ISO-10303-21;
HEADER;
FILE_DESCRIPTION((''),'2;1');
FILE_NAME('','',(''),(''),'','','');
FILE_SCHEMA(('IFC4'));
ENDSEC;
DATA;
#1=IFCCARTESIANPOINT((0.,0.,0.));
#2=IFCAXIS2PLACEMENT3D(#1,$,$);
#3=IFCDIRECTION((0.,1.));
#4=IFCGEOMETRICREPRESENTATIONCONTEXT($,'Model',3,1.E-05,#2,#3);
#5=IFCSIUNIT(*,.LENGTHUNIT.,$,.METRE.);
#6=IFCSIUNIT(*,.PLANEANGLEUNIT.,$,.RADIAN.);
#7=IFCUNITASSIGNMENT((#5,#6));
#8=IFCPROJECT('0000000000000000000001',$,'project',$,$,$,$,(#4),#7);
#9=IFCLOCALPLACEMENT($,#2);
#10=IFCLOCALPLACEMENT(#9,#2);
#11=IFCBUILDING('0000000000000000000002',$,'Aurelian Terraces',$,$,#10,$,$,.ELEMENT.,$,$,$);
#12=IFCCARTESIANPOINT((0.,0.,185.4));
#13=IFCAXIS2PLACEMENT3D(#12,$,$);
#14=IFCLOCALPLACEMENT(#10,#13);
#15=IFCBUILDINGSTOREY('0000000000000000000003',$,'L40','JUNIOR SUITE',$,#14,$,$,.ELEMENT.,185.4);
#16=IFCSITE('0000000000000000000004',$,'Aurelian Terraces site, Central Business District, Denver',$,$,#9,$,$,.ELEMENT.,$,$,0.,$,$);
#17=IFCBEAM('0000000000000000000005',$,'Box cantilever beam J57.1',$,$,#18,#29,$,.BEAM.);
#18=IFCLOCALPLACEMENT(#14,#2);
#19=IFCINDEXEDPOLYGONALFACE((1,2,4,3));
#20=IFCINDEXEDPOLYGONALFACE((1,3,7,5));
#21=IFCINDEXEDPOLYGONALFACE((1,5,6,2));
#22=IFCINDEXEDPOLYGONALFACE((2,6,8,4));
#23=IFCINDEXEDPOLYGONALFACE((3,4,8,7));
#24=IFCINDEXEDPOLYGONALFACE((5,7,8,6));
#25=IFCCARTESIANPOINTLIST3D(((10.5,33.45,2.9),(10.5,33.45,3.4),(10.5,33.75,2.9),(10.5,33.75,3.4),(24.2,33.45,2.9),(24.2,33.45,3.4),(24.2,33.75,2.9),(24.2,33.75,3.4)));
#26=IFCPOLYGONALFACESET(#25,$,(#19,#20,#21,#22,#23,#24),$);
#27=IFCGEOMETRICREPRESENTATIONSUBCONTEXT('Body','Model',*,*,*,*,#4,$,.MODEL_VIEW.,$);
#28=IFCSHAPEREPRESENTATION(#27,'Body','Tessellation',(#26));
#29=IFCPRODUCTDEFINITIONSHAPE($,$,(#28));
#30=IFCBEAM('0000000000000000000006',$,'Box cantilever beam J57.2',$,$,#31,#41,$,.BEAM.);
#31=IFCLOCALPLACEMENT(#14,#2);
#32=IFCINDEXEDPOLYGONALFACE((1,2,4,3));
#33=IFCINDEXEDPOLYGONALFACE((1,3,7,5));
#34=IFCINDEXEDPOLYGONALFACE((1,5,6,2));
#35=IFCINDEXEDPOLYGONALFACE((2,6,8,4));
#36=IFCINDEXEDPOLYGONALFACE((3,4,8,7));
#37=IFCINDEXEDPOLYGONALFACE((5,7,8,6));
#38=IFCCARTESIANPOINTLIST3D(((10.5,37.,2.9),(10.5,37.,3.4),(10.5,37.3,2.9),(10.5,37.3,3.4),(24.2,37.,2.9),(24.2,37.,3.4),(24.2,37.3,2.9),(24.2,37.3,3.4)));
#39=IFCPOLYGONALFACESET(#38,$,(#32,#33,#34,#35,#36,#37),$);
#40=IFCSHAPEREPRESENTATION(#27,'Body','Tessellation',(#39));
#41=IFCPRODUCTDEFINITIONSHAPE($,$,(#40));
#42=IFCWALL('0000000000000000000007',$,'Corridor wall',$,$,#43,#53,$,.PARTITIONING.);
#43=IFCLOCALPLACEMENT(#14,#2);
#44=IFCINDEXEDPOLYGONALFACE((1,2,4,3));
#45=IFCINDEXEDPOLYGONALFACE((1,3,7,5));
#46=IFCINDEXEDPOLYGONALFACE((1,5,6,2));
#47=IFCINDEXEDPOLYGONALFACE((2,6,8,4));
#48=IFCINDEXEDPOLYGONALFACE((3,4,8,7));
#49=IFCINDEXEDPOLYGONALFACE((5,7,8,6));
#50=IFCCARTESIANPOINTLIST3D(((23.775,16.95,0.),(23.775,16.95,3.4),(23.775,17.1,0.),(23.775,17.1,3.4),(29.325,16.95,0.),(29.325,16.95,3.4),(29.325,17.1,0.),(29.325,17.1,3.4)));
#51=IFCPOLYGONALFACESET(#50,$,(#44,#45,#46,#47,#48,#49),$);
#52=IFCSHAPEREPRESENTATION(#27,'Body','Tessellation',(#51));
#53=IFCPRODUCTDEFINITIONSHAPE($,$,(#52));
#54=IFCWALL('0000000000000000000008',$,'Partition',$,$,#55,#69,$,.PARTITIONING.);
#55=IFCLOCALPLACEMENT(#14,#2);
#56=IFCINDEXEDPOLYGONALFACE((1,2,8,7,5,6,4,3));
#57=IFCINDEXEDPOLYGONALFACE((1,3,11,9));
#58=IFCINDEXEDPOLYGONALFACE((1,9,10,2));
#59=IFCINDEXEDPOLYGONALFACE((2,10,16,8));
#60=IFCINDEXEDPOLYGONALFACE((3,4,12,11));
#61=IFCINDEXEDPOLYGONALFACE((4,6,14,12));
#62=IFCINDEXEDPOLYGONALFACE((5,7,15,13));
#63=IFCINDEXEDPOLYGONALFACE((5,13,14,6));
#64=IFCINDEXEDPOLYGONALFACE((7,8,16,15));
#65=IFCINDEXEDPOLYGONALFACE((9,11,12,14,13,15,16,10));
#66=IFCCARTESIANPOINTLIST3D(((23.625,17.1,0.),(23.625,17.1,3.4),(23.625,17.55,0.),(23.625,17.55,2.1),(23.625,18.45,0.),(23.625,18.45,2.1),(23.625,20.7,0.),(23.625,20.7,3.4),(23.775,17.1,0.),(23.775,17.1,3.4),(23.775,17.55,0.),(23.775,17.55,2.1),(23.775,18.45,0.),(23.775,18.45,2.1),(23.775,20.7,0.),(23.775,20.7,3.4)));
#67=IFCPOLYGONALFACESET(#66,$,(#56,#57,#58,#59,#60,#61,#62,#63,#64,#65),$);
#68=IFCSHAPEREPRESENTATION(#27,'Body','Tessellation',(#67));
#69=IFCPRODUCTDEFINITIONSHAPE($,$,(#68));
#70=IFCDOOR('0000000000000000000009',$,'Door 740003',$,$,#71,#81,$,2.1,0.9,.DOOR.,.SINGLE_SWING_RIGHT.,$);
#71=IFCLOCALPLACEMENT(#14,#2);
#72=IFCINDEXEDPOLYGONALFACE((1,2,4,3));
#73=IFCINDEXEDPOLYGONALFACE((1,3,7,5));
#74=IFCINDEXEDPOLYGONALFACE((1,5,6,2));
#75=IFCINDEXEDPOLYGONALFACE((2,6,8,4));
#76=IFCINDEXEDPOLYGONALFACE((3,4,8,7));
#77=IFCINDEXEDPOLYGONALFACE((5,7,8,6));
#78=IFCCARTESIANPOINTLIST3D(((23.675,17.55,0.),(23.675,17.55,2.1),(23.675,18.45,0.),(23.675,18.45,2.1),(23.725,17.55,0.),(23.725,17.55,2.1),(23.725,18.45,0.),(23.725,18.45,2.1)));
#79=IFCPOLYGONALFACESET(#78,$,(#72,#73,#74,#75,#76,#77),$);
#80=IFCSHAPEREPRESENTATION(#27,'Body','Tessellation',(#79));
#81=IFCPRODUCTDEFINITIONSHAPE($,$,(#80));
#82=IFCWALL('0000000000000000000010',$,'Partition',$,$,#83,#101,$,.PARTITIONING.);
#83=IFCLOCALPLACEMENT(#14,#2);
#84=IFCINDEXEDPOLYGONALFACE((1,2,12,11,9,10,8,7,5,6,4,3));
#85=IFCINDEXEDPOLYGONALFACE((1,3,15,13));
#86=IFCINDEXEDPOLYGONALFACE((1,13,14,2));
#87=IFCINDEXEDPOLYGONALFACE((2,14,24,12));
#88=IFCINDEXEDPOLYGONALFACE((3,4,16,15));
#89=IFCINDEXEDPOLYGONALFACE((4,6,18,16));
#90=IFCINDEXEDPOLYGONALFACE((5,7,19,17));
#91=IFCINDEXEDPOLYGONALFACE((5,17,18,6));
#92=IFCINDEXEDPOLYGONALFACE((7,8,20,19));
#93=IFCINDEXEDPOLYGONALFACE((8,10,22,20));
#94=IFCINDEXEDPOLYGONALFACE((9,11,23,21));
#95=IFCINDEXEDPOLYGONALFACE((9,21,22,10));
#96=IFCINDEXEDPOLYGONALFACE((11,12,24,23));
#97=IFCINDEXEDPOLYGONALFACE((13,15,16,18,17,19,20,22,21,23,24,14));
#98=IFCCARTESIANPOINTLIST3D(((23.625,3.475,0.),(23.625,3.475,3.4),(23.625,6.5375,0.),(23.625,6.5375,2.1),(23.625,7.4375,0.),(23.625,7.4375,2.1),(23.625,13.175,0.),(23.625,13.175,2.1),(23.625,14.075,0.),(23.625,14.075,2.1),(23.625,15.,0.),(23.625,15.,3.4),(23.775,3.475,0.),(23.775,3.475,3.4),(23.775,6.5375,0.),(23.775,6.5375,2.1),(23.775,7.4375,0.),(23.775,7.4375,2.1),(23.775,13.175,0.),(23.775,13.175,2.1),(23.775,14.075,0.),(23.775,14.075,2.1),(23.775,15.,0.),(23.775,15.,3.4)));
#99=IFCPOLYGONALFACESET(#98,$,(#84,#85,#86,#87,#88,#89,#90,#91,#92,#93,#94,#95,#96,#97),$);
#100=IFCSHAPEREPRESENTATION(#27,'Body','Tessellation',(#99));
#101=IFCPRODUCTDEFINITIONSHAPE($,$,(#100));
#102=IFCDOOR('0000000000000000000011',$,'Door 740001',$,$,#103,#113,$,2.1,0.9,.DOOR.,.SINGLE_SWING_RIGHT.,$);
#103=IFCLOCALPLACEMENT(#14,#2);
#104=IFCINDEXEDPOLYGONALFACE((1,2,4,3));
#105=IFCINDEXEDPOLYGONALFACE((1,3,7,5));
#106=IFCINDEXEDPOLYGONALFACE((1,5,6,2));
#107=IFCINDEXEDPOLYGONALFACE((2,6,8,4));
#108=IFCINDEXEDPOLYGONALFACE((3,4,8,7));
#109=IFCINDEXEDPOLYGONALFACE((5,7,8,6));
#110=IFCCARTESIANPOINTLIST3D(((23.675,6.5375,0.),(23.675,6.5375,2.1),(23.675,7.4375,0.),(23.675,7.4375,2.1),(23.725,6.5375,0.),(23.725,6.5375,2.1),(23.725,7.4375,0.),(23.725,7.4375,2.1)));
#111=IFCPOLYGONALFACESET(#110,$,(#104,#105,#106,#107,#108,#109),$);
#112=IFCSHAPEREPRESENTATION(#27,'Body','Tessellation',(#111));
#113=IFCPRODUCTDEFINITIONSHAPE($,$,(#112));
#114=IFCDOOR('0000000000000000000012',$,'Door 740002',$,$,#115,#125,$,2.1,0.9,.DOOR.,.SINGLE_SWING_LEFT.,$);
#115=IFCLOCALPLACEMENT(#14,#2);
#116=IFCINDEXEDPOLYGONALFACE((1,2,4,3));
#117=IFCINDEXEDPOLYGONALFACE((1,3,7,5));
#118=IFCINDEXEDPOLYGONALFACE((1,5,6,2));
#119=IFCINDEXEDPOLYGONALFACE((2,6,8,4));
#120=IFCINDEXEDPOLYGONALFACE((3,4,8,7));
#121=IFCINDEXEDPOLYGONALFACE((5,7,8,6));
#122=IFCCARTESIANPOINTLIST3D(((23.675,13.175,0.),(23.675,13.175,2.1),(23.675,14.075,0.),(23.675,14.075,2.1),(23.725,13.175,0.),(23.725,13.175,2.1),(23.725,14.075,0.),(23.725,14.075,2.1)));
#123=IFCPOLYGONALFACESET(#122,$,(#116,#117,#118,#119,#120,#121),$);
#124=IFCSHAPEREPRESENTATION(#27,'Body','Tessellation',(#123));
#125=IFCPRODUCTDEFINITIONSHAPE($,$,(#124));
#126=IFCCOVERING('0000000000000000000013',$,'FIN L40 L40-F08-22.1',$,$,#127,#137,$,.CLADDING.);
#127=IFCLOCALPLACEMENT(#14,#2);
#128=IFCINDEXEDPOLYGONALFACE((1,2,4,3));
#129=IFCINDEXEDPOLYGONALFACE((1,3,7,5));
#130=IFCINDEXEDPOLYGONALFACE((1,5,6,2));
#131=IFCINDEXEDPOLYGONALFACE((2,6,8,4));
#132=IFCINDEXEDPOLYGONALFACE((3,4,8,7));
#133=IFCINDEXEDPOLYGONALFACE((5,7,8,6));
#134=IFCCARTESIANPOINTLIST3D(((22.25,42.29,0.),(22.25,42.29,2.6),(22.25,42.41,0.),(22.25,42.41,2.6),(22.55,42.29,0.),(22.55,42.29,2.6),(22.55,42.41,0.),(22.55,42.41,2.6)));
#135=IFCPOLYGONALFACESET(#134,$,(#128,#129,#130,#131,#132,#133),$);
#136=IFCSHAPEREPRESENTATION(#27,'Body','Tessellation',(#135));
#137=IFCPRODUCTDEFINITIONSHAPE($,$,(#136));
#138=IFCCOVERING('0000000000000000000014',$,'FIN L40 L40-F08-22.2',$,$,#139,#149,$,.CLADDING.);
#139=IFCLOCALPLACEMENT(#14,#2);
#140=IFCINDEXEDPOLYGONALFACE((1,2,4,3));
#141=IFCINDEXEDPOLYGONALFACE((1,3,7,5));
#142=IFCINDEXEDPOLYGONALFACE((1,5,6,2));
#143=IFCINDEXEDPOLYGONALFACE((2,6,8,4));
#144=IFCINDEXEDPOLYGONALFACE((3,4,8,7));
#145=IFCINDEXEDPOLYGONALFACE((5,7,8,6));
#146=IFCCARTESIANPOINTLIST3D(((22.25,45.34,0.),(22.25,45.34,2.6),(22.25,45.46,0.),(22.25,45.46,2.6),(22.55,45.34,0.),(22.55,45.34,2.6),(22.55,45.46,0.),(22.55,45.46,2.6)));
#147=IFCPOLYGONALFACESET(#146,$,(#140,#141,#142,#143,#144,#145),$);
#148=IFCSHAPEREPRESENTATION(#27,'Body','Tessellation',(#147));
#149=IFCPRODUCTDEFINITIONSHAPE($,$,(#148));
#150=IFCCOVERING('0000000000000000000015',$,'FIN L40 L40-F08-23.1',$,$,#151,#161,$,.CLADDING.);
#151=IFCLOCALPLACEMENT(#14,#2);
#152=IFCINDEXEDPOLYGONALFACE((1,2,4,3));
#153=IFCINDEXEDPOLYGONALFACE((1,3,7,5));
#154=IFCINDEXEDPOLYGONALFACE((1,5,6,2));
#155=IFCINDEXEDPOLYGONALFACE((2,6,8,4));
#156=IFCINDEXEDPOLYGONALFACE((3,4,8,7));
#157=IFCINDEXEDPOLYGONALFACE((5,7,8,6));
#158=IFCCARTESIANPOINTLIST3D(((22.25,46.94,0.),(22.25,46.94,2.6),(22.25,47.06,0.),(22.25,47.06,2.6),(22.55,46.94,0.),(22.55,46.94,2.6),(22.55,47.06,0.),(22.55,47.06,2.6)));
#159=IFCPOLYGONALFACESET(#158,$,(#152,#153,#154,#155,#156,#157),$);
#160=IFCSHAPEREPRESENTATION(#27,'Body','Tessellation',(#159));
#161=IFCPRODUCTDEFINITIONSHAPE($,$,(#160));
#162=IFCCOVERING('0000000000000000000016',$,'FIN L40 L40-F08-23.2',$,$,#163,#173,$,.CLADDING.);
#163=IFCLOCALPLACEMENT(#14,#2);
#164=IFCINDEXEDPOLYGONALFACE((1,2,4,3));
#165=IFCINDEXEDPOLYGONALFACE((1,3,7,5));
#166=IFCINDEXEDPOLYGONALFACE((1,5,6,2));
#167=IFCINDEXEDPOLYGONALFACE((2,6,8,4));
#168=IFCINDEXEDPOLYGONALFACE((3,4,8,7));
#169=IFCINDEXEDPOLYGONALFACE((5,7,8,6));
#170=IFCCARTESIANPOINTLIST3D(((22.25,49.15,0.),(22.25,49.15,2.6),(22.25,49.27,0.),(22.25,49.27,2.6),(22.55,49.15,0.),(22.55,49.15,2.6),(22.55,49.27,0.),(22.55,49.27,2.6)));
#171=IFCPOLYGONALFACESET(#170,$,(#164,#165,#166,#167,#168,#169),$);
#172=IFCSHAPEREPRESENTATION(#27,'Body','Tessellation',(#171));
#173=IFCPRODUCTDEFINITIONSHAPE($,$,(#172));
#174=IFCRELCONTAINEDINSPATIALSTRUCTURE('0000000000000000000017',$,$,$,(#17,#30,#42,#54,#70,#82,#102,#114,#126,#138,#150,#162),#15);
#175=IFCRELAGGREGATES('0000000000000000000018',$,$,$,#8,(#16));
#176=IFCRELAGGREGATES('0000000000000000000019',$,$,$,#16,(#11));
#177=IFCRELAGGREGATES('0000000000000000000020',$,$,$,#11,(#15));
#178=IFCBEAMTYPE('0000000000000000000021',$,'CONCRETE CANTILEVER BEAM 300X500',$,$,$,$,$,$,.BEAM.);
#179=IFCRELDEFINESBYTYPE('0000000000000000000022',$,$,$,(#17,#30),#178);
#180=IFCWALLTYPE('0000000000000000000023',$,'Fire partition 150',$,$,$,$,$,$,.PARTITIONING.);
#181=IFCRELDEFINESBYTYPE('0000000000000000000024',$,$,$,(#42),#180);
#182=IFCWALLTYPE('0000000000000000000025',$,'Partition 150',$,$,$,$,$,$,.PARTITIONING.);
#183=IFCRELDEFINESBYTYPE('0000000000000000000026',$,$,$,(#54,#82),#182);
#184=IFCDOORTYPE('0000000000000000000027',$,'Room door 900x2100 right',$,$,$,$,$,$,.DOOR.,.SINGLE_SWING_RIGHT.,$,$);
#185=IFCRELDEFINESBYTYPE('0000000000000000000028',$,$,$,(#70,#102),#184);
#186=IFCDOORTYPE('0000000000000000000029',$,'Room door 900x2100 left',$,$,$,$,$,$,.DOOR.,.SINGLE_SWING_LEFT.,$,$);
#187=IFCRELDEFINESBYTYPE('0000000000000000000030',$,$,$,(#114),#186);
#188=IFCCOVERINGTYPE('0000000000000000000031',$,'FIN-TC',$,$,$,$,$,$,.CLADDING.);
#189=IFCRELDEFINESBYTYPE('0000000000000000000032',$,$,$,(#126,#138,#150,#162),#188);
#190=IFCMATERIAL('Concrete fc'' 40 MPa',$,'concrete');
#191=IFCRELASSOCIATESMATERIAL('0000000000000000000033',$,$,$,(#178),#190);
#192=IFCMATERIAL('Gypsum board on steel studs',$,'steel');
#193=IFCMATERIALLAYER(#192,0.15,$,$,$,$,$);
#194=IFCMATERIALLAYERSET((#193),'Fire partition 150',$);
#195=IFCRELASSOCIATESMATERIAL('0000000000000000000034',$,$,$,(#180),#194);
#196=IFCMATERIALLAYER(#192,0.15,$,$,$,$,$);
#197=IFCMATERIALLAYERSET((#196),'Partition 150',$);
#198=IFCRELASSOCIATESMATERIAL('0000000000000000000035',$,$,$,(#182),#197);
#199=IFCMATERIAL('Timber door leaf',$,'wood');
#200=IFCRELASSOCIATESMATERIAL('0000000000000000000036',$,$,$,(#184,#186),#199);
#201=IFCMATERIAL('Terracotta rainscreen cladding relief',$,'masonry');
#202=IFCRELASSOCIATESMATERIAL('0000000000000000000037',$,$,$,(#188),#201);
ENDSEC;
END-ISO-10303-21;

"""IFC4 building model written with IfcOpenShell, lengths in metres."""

from ifc_helpers import new_model, si_unit, direction, frame, frame_2d, origin, origin_2d, place, context, subcontext, project, spatial, rectangle, extrude, source, transform, mapped, material, layer, layer_set, material_profile, profile_set, type_object, element, fill, save


model = new_model("IFC4")

# Units and contexts
model_context = context("Model", 3, precision=1e-05, world=origin(), true_north=direction((0.0, 1.0)))
body_context = subcontext(model_context, "Body", "Model", "MODEL_VIEW")
ifc_project = project(units=[si_unit("LENGTHUNIT", "METRE"), si_unit("PLANEANGLEUNIT", "RADIAN")], contexts=[model_context])

# Site, building, storey
site_placement = place(None, origin())
site = spatial("IfcSite", under=ifc_project, at=site_placement, Name="Aurelian Terraces site, Central Business District, Denver", CompositionType="ELEMENT", RefElevation=0.0)
building_placement = place(site_placement, origin())
building = spatial("IfcBuilding", under=site, at=building_placement, Name="Aurelian Terraces", CompositionType="ELEMENT")
storey_placement = place(building_placement, frame((0.0, 0.0, 185.4)))
storey = spatial("IfcBuildingStorey", under=building, at=storey_placement, Name="L40", Description="JUNIOR SUITE", CompositionType="ELEMENT", Elevation=185.4)

# Beams
ifc_material_1 = material(Name="Concrete fc' 40 MPa", Category="concrete")
ifc_material_profile = material_profile(ifc_material_1, rectangle(XDim=0.3, YDim=0.5, at=origin_2d()))
ifc_profile_set = profile_set([ifc_material_profile], Name="Concrete fc' 40 MPa")
beam_type = type_object("IfcBeamType", Name="CONCRETE CANTILEVER BEAM 300X500", PredefinedType="BEAM", material=ifc_profile_set)
shared_shape_1 = source(origin(), body_context, "Body", "SweptSolid", [
    extrude(rectangle(XDim=0.3, YDim=0.5, at=origin_2d()), origin(), (0.0, 0.0, 1.0), 13.7),
])
for number, where, z_axis, x_axis, name in (
    (1, (24.2, 33.6, 3.15), (-1.0, 0.0, 0.0), (0.0, -1.0, 0.0), "Box cantilever beam J57.1"),
    (2, (24.2, 37.15, 3.15), (-1.0, 0.0, 0.0), (0.0, -1.0, 0.0), "Box cantilever beam J57.2"),
):
    element("IfcBeam", number, at=place(storey_placement, frame(where, z_axis=z_axis, x_axis=x_axis)), inside=storey, type_object=beam_type, Name=name, PredefinedType="BEAM", context=body_context, shape_type="MappedRepresentation", body=[
        mapped(shared_shape_1, transform((0.0, 0.0, 0.0), scale=1.0)),
    ])

# Wall
ifc_material_2 = material(Name="Gypsum board on steel studs", Category="steel")
ifc_layer_1 = layer(ifc_material_2, 0.15)
ifc_layer_set_1 = layer_set([ifc_layer_1], Name="Fire partition 150")
wall_type_1 = type_object("IfcWallType", Name="Fire partition 150", PredefinedType="PARTITIONING", material=ifc_layer_set_1)
shared_shape_2 = source(origin(), body_context, "Body", "SweptSolid", [
    extrude(rectangle(XDim=5.55, YDim=0.15, at=frame_2d((2.775, 0.0))), origin(), (0.0, 0.0, 1.0), 3.4),
])
wall_1_placement = place(storey_placement, frame((23.775, 17.025, 0.0), z_axis=(0.0, 0.0, 1.0), x_axis=(1.0, 0.0, 0.0)))
element("IfcWall", 3, at=wall_1_placement, inside=storey, type_object=wall_type_1, Name="Corridor wall", PredefinedType="PARTITIONING", context=body_context, shape_type="MappedRepresentation", body=[
    mapped(shared_shape_2, transform((0.0, 0.0, 0.0), scale=1.0)),
])

# Wall, opening, door
ifc_layer_2 = layer(ifc_material_2, 0.15)
ifc_layer_set_2 = layer_set([ifc_layer_2], Name="Partition 150")
wall_type_2 = type_object("IfcWallType", Name="Partition 150", PredefinedType="PARTITIONING", material=ifc_layer_set_2)
shared_shape_3 = source(origin(), body_context, "Body", "SweptSolid", [
    extrude(rectangle(XDim=3.6, YDim=0.15, at=frame_2d((1.8, 0.0))), origin(), (0.0, 0.0, 1.0), 3.4),
])
wall_2_placement = place(storey_placement, frame((23.7, 20.7, 0.0), z_axis=(0.0, 0.0, 1.0), x_axis=(0.0, -1.0, 0.0)))
wall_2 = element("IfcWall", 4, at=wall_2_placement, inside=storey, type_object=wall_type_2, Name="Partition", PredefinedType="PARTITIONING", context=body_context, shape_type="MappedRepresentation", body=[
    mapped(shared_shape_3, transform((0.0, 0.0, 0.0), scale=1.0)),
])
shared_shape_4 = source(origin(), body_context, "Body", "SweptSolid", [
    extrude(rectangle(XDim=0.9, YDim=2.1, at=frame_2d((0.45, 1.05))), frame((0.0, 0.085, 0.0), z_axis=(0.0, -1.0, 0.0), x_axis=(1.0, 0.0, 0.0)), (0.0, 0.0, 1.0), 0.17),
])
opening_1_placement = place(wall_2_placement, frame((2.25, 0.0, 0.0)))
opening_1 = element("IfcOpeningElement", 5, at=opening_1_placement, cuts=wall_2, PredefinedType="OPENING", context=body_context, shape_type="MappedRepresentation", body=[
    mapped(shared_shape_4, transform((0.0, 0.0, 0.0), scale=1.0)),
])
ifc_material_3 = material(Name="Timber door leaf", Category="wood")
door_type_1 = type_object("IfcDoorType", Name="Room door 900x2100 right", OperationType="SINGLE_SWING_RIGHT", PredefinedType="DOOR", material=ifc_material_3)
shared_shape_5 = source(origin(), body_context, "Body", "SweptSolid", [
    extrude(rectangle(XDim=0.9, YDim=2.1, at=frame_2d((0.45, 1.05))), frame((0.0, 0.025, 0.0), z_axis=(0.0, -1.0, 0.0), x_axis=(1.0, 0.0, 0.0)), (0.0, 0.0, 1.0), 0.05),
])
door_1_placement = place(opening_1_placement, origin())
door_1 = element("IfcDoor", 6, at=door_1_placement, inside=storey, type_object=door_type_1, Name="Door 740003", OperationType="SINGLE_SWING_RIGHT", OverallHeight=2.1, OverallWidth=0.9, PredefinedType="DOOR", context=body_context, shape_type="MappedRepresentation", body=[
    mapped(shared_shape_5, transform((0.0, 0.0, 0.0), scale=1.0)),
])
fill(opening_1, door_1)

# Wall, openings, doors
shared_shape_6 = source(origin(), body_context, "Body", "SweptSolid", [
    extrude(rectangle(XDim=11.525, YDim=0.15, at=frame_2d((5.7625, 0.0))), origin(), (0.0, 0.0, 1.0), 3.4),
])
wall_3_placement = place(storey_placement, frame((23.7, 15.0, 0.0), z_axis=(0.0, 0.0, 1.0), x_axis=(0.0, -1.0, 0.0)))
wall_3 = element("IfcWall", 7, at=wall_3_placement, inside=storey, type_object=wall_type_2, Name="Partition", PredefinedType="PARTITIONING", context=body_context, shape_type="MappedRepresentation", body=[
    mapped(shared_shape_6, transform((0.0, 0.0, 0.0), scale=1.0)),
])
opening_2_placement = place(wall_3_placement, frame((7.5625, 0.0, 0.0)))
opening_2 = element("IfcOpeningElement", 8, at=opening_2_placement, cuts=wall_3, PredefinedType="OPENING", context=body_context, shape_type="MappedRepresentation", body=[
    mapped(shared_shape_4, transform((0.0, 0.0, 0.0), scale=1.0)),
])
opening_3_placement = place(wall_3_placement, frame((0.925, 0.0, 0.0)))
opening_3 = element("IfcOpeningElement", 9, at=opening_3_placement, cuts=wall_3, PredefinedType="OPENING", context=body_context, shape_type="MappedRepresentation", body=[
    mapped(shared_shape_4, transform((0.0, 0.0, 0.0), scale=1.0)),
])
door_2_placement = place(opening_2_placement, origin())
door_2 = element("IfcDoor", 10, at=door_2_placement, inside=storey, type_object=door_type_1, Name="Door 740001", OperationType="SINGLE_SWING_RIGHT", OverallHeight=2.1, OverallWidth=0.9, PredefinedType="DOOR", context=body_context, shape_type="MappedRepresentation", body=[
    mapped(shared_shape_5, transform((0.0, 0.0, 0.0), scale=1.0)),
])
fill(opening_2, door_2)
door_type_2 = type_object("IfcDoorType", Name="Room door 900x2100 left", OperationType="SINGLE_SWING_LEFT", PredefinedType="DOOR", material=ifc_material_3)
door_3_placement = place(opening_3_placement, origin())
door_3 = element("IfcDoor", 11, at=door_3_placement, inside=storey, type_object=door_type_2, Name="Door 740002", OperationType="SINGLE_SWING_LEFT", OverallHeight=2.1, OverallWidth=0.9, PredefinedType="DOOR", context=body_context, shape_type="MappedRepresentation", body=[
    mapped(shared_shape_5, transform((0.0, 0.0, 0.0), scale=1.0)),
])
fill(opening_3, door_3)

# Coverings
ifc_material_4 = material(Name="Terracotta rainscreen cladding relief", Category="masonry")
covering_type_1 = type_object("IfcCoveringType", Name="FIN-TC", PredefinedType="CLADDING", material=ifc_material_4)
shared_shape_7 = source(origin(), body_context, "Body", "SweptSolid", [
    extrude(rectangle(XDim=0.3, YDim=0.12, at=origin_2d()), origin(), (0.0, 0.0, 1.0), 2.6),
])
for number, where, z_axis, x_axis, name in (
    (12, (22.4, 42.35, 0.0), (0.0, 0.0, 1.0), (1.0, 0.0, 0.0), "FIN L40 L40-F08-22.1"),
    (13, (22.4, 45.4, 0.0), (0.0, 0.0, 1.0), (1.0, 0.0, 0.0), "FIN L40 L40-F08-22.2"),
    (14, (22.4, 47.0, 0.0), (0.0, 0.0, 1.0), (1.0, 0.0, 0.0), "FIN L40 L40-F08-23.1"),
    (15, (22.4, 49.21, 0.0), (0.0, 0.0, 1.0), (1.0, 0.0, 0.0), "FIN L40 L40-F08-23.2"),
):
    element("IfcCovering", number, at=place(storey_placement, frame(where, z_axis=z_axis, x_axis=x_axis)), inside=storey, type_object=covering_type_1, Name=name, PredefinedType="CLADDING", context=body_context, shape_type="MappedRepresentation", body=[
        mapped(shared_shape_7, transform((0.0, 0.0, 0.0), scale=1.0)),
    ])

save(model, "model.ifc")
